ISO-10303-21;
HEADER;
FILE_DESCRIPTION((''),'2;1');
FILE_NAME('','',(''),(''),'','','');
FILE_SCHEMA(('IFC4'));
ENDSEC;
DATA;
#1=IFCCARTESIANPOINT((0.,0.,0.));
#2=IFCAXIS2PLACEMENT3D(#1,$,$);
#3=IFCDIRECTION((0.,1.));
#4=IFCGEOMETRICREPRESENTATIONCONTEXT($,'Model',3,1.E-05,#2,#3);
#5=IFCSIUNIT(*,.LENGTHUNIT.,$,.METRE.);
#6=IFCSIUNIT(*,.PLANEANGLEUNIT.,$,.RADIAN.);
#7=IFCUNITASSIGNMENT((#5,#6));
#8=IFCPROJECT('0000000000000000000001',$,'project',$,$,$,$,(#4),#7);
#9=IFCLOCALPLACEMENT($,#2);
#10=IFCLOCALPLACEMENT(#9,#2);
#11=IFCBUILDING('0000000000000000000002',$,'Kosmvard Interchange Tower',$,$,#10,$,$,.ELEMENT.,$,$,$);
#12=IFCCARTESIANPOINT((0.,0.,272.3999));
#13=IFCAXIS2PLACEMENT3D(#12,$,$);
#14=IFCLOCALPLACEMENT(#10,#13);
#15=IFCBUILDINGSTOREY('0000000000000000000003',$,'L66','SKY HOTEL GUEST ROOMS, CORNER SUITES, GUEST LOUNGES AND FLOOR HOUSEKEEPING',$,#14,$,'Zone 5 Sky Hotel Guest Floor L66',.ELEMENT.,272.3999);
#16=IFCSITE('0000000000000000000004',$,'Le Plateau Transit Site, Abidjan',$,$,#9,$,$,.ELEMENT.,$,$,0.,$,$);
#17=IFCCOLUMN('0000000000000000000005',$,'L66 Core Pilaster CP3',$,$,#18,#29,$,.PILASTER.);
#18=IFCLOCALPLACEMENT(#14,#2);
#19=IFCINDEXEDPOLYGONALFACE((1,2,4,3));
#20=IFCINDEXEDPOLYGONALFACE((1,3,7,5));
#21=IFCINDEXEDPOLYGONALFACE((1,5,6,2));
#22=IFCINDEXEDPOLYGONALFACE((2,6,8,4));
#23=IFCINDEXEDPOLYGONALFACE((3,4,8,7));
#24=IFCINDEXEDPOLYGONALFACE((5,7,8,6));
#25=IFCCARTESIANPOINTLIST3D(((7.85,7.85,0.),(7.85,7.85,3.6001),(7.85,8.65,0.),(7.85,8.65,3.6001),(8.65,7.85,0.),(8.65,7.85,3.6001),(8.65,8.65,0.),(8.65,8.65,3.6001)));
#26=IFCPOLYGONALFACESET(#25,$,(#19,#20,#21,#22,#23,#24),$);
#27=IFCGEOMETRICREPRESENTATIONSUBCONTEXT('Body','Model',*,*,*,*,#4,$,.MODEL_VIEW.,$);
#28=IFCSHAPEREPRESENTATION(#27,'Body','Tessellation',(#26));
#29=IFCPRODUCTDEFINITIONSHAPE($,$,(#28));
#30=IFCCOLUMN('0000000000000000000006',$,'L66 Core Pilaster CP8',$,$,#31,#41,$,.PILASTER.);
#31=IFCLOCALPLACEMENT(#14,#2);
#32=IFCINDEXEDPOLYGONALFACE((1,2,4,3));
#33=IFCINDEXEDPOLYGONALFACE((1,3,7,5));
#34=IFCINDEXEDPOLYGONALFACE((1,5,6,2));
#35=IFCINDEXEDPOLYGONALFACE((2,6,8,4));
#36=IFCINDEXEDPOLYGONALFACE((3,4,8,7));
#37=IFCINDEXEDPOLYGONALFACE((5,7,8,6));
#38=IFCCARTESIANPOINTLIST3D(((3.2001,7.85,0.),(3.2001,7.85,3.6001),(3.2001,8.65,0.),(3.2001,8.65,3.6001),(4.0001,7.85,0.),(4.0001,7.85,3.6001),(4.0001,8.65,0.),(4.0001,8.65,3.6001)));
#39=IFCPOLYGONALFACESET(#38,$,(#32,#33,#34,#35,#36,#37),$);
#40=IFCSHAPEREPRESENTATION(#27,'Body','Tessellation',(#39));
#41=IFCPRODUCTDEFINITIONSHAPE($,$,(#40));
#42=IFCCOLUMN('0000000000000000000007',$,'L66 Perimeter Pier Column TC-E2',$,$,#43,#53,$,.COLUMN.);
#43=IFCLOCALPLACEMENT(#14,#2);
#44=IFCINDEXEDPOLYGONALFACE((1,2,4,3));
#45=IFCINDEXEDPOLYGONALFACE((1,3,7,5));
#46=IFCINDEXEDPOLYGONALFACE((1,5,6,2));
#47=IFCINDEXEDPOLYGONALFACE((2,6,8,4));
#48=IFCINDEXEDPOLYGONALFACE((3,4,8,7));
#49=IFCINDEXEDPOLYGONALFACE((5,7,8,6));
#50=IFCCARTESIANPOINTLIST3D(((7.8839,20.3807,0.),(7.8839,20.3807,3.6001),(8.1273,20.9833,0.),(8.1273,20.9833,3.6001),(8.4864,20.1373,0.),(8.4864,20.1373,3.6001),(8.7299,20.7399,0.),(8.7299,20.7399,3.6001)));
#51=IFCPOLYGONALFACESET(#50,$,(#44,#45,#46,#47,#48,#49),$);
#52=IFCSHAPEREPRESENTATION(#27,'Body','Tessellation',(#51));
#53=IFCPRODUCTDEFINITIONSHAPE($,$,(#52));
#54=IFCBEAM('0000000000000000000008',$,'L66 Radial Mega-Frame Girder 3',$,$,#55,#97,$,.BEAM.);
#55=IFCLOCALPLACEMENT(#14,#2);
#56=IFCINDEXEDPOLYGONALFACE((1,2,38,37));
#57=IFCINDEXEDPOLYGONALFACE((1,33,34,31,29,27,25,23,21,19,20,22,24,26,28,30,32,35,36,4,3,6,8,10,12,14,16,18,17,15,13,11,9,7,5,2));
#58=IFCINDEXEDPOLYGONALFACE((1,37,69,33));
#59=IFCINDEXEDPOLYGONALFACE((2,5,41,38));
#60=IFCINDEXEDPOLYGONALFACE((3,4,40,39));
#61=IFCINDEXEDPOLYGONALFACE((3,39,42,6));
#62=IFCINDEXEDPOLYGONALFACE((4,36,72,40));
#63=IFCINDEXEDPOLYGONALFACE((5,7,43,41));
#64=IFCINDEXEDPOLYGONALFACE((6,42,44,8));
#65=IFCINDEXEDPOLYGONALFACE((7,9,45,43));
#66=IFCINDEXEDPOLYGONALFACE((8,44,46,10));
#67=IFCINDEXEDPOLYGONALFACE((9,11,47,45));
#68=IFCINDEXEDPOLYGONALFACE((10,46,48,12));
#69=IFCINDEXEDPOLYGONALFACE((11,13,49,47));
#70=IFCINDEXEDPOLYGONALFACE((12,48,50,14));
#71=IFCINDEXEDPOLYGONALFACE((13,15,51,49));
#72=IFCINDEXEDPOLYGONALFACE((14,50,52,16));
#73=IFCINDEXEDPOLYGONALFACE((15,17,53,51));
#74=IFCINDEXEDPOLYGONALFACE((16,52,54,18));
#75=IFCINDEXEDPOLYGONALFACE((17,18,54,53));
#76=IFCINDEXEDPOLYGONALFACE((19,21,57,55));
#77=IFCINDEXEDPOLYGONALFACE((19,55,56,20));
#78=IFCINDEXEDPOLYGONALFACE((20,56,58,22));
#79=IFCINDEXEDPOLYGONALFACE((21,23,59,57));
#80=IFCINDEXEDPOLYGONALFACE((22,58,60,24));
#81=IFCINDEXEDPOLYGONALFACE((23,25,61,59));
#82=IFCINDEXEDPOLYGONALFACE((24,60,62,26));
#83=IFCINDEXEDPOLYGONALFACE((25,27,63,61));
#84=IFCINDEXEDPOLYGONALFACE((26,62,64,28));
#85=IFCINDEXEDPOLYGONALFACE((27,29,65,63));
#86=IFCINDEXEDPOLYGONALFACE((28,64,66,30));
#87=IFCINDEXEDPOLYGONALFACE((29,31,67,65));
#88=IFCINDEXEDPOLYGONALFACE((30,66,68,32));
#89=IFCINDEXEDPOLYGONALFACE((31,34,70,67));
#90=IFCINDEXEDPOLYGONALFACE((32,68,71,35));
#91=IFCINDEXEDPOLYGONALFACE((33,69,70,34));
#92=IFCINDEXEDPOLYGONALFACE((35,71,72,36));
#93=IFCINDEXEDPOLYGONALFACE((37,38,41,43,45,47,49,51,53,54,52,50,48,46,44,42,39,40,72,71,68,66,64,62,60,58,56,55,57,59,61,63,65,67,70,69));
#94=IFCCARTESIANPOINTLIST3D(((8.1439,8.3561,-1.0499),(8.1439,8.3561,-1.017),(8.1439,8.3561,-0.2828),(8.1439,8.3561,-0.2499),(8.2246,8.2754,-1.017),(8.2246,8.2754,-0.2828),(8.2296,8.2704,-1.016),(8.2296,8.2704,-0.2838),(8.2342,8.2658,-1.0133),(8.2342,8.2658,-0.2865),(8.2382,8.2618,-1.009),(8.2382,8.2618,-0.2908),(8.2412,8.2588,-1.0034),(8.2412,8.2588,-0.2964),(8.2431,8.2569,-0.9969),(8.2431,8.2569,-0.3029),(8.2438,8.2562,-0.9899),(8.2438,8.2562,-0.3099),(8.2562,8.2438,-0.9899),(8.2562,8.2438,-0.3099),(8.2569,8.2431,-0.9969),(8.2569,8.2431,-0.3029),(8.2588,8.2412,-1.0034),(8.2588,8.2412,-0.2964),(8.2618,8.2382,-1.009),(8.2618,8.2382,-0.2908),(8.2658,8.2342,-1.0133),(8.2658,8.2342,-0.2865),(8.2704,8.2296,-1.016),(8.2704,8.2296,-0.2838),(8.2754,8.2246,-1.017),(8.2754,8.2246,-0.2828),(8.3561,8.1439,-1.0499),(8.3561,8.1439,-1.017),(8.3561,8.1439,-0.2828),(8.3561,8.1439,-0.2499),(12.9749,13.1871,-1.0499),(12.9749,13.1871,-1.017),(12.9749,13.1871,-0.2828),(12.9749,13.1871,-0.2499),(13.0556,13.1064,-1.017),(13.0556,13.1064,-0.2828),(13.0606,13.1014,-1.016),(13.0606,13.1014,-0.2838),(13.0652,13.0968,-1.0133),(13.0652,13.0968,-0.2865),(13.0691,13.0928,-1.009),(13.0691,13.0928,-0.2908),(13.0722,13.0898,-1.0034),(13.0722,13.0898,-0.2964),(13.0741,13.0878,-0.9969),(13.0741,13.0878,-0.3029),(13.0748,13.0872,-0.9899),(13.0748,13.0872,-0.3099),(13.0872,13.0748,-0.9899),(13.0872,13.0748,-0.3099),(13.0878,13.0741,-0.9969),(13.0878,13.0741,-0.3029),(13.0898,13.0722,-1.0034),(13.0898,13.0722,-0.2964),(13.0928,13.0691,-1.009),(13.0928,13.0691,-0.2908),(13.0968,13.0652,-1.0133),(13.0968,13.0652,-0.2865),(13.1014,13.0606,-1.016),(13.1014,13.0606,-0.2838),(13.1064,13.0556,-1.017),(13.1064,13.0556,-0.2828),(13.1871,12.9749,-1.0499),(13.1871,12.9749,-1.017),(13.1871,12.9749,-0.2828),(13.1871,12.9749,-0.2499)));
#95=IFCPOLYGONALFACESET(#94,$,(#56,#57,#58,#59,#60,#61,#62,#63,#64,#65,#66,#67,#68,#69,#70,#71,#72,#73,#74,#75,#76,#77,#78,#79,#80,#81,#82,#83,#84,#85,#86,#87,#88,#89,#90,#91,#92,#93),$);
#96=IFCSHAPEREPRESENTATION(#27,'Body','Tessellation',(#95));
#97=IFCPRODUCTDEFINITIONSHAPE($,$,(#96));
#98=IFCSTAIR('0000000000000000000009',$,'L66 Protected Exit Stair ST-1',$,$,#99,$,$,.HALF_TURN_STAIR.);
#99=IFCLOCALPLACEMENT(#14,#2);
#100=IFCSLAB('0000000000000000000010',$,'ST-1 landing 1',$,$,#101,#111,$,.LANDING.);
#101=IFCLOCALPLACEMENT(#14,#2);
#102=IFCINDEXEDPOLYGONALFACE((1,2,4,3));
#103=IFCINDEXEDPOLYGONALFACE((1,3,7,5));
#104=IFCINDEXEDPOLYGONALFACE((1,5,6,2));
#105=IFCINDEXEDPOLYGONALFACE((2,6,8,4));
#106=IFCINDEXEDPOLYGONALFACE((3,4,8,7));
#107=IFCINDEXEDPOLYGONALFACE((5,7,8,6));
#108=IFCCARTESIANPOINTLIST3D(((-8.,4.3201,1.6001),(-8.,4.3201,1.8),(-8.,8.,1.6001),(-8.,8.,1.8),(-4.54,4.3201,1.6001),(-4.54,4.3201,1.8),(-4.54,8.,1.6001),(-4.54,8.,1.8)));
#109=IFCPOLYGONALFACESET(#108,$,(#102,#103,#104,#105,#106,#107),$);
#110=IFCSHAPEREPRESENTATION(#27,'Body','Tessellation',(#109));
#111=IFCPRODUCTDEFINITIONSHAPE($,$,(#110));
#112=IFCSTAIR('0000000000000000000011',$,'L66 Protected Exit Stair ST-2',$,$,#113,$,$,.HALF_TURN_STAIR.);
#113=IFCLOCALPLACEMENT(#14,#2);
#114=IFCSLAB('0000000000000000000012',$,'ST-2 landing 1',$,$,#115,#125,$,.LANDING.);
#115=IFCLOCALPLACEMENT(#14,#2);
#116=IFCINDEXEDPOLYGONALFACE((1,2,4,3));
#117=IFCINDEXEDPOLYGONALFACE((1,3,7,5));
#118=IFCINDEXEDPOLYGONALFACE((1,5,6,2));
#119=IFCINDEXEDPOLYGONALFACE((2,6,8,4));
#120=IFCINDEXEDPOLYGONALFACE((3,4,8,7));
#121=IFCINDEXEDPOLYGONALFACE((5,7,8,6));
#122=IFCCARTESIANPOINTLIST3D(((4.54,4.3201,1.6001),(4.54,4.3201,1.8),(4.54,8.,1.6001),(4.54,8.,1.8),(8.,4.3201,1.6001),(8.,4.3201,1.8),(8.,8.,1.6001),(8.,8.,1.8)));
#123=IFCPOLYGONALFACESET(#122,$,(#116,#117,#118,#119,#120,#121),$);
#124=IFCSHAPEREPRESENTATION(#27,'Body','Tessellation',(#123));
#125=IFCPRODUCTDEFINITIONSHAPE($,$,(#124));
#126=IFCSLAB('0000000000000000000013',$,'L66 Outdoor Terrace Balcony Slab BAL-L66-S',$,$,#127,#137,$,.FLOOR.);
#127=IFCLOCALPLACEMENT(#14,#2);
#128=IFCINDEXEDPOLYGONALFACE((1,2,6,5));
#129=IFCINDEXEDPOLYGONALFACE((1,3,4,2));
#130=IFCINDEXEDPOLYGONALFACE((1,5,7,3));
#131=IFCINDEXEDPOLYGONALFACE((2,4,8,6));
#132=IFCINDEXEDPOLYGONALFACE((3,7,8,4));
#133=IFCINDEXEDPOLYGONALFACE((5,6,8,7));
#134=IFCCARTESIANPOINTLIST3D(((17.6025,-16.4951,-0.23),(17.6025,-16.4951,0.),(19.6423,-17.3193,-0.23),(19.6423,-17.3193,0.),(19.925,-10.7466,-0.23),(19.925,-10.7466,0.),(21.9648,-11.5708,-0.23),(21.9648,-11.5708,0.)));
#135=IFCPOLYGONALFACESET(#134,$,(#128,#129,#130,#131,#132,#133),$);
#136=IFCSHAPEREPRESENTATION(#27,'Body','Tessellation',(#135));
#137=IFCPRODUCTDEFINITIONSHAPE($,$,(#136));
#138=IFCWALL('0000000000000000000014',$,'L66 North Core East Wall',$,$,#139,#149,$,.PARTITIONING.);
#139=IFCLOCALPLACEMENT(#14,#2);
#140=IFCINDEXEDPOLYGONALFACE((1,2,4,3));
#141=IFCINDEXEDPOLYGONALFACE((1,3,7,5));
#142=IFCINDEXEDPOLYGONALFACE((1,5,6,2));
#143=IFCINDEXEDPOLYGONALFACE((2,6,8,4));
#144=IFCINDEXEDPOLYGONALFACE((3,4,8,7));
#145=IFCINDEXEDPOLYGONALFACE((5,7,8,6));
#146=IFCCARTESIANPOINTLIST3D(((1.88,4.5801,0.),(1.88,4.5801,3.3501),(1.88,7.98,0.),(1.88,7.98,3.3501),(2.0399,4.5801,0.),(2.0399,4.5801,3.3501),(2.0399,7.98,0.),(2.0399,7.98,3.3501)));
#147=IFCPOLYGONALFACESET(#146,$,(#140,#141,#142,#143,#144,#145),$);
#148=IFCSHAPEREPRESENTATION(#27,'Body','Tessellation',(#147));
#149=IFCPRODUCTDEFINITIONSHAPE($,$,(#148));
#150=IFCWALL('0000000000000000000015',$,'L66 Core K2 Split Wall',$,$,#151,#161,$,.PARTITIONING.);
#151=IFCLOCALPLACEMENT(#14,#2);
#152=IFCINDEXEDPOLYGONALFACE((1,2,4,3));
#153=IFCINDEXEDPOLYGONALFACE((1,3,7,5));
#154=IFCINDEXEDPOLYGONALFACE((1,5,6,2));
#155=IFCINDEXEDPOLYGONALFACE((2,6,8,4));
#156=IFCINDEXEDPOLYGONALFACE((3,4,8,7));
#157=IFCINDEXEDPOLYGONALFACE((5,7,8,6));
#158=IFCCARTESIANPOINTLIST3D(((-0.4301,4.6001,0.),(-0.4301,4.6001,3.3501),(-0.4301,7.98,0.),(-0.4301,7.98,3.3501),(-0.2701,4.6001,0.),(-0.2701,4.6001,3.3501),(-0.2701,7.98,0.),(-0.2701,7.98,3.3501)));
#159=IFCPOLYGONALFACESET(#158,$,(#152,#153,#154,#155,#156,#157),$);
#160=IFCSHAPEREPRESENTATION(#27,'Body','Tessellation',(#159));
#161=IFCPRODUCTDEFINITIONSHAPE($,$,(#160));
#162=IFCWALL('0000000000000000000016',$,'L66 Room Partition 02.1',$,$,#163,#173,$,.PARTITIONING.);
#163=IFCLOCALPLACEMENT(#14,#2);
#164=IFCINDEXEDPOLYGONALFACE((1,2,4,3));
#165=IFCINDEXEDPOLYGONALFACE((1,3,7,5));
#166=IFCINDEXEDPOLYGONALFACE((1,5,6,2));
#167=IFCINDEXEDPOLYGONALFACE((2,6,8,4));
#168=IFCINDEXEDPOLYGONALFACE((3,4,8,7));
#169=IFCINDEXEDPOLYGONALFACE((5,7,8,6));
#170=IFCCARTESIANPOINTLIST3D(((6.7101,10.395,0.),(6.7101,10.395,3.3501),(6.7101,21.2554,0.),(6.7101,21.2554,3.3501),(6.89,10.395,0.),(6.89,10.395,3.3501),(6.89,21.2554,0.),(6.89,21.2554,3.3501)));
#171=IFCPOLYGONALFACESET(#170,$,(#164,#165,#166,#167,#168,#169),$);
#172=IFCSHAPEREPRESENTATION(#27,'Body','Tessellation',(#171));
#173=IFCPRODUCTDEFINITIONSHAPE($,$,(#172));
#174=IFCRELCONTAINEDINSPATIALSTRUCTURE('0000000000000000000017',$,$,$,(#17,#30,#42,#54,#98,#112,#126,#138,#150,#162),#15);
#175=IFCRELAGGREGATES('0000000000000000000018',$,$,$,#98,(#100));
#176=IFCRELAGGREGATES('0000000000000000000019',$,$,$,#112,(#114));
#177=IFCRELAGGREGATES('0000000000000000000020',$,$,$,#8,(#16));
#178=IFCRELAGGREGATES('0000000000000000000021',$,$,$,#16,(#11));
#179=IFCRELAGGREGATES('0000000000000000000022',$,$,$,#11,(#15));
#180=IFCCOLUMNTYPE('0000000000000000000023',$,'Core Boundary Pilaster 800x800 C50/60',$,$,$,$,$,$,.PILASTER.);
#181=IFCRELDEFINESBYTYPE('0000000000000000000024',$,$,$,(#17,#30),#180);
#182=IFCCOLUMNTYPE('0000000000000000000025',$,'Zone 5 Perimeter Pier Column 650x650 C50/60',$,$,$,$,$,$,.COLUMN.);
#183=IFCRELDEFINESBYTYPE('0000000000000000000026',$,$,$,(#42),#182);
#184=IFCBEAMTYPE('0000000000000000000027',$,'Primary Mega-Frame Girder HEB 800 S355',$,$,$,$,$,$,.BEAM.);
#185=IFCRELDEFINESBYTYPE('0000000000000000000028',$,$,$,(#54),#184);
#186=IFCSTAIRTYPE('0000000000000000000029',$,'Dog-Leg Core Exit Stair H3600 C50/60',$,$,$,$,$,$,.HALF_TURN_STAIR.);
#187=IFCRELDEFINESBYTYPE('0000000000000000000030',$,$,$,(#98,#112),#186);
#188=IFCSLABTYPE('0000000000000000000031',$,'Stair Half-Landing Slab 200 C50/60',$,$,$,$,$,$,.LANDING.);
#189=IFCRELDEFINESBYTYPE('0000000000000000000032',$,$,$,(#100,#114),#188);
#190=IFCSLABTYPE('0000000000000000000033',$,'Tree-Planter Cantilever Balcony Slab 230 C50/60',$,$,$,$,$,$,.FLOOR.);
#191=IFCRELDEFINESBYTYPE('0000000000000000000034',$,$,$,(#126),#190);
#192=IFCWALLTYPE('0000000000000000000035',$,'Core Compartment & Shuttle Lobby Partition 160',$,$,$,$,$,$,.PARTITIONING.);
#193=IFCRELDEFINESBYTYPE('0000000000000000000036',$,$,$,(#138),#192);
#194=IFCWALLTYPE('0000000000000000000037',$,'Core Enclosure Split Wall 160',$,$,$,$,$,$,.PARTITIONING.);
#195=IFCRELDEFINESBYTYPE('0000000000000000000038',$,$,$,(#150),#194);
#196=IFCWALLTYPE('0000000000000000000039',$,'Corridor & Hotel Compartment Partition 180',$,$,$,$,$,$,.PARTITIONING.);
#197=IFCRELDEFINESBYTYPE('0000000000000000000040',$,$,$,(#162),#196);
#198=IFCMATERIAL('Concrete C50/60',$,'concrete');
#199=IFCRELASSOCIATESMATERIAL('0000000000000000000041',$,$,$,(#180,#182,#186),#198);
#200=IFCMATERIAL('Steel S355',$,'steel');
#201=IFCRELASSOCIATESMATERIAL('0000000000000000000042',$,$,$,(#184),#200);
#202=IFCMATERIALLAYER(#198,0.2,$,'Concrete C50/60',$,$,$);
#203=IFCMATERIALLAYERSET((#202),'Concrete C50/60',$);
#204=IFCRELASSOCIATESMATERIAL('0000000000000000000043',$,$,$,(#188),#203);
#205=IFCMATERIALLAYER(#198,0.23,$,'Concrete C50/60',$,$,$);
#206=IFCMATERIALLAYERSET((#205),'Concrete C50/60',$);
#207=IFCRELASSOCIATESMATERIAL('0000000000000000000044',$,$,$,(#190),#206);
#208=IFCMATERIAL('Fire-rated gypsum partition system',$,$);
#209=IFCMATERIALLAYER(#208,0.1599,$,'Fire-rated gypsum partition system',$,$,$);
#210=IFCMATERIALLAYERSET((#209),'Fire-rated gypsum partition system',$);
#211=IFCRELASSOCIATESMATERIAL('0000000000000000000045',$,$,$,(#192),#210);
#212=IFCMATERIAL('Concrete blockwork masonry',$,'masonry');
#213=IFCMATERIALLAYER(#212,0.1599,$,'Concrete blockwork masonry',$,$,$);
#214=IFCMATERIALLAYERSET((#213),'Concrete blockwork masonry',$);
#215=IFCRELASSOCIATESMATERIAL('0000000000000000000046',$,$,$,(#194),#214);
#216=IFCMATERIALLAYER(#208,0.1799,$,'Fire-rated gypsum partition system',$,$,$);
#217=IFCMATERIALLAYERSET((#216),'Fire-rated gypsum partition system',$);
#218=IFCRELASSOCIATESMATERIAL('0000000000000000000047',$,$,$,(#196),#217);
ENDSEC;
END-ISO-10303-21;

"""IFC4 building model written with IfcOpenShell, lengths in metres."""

from ifc_helpers import new_model, si_unit, direction, frame, frame_2d, origin, origin_2d, place, context, subcontext, project, spatial, polyline, rectangle, i_section, outline, extrude, source, transform, mapped, material, layer, layer_set, material_profile, profile_set, type_object, element, aggregate, save


model = new_model("IFC4")

# Units and contexts
model_context = context("Model", 3, precision=1e-05, world=origin(), true_north=direction((0.0, 1.0)))
body_context = subcontext(model_context, "Body", "Model", "MODEL_VIEW")
ifc_project = project(units=[si_unit("LENGTHUNIT", "METRE"), si_unit("PLANEANGLEUNIT", "RADIAN")], contexts=[model_context])

# Site, building, storey
site_placement = place(None, origin())
site = spatial("IfcSite", under=ifc_project, at=site_placement, Name="Le Plateau Transit Site, Abidjan", CompositionType="ELEMENT", RefElevation=0.0)
building_placement = place(site_placement, origin())
building = spatial("IfcBuilding", under=site, at=building_placement, Name="Kosmvard Interchange Tower", CompositionType="ELEMENT")
storey_placement = place(building_placement, frame((0.0, 0.0, 272.3999)))
storey = spatial("IfcBuildingStorey", under=building, at=storey_placement, Name="L66", Description="SKY HOTEL GUEST ROOMS, CORNER SUITES, GUEST LOUNGES AND FLOOR HOUSEKEEPING", LongName="Zone 5 Sky Hotel Guest Floor L66", CompositionType="ELEMENT", Elevation=272.3999)

# Columns
ifc_material_1 = material(Name="Concrete C50/60", Category="concrete")
ifc_material_profile_1 = material_profile(ifc_material_1, rectangle(XDim=0.8, YDim=0.8, at=origin_2d()), Name="CP 800x800")
ifc_profile_set_1 = profile_set([ifc_material_profile_1], Name="Concrete C50/60")
column_type_1 = type_object("IfcColumnType", Name="Core Boundary Pilaster 800x800 C50/60", PredefinedType="PILASTER", material=ifc_profile_set_1)
shared_shape_1 = source(origin(), body_context, "Body", "SweptSolid", [
    extrude(rectangle(XDim=0.8, YDim=0.8, at=origin_2d()), origin(), (0.0, 0.0, 1.0), 3.6001),
])
for number, where, z_axis, x_axis, name in (
    (1, (8.25, 8.25, 0.0), (0.0, 0.0, 1.0), (1.0, 0.0, 0.0), "L66 Core Pilaster CP3"),
    (2, (3.6001, 8.25, 0.0), (0.0, 0.0, 1.0), (1.0, 0.0, 0.0), "L66 Core Pilaster CP8"),
):
    element("IfcColumn", number, at=place(storey_placement, frame(where, z_axis=z_axis, x_axis=x_axis)), inside=storey, type_object=column_type_1, Name=name, PredefinedType="PILASTER", context=body_context, shape_type="MappedRepresentation", body=[
        mapped(shared_shape_1, transform((0.0, 0.0, 0.0), scale=1.0)),
    ])
ifc_material_profile_2 = material_profile(ifc_material_1, rectangle(XDim=0.6499, YDim=0.6499, at=origin_2d()), Name="TC 650x650")
ifc_profile_set_2 = profile_set([ifc_material_profile_2], Name="Concrete C50/60")
column_type_2 = type_object("IfcColumnType", Name="Zone 5 Perimeter Pier Column 650x650 C50/60", PredefinedType="COLUMN", material=ifc_profile_set_2)
shared_shape_2 = source(origin(), body_context, "Body", "SweptSolid", [
    extrude(rectangle(XDim=0.6499, YDim=0.6499, at=origin_2d()), origin(), (0.0, 0.0, 1.0), 3.6001),
])
column_placement = place(storey_placement, frame((8.3069, 20.5603, 0.0), z_axis=(0.0, 0.0, 1.0), x_axis=(0.374607, 0.927184, 0.0)))
element("IfcColumn", 3, at=column_placement, inside=storey, type_object=column_type_2, Name="L66 Perimeter Pier Column TC-E2", PredefinedType="COLUMN", context=body_context, shape_type="MappedRepresentation", body=[
    mapped(shared_shape_2, transform((0.0, 0.0, 0.0), scale=1.0)),
])

# Beam
ifc_material_2 = material(Name="Steel S355", Category="steel")
ifc_material_profile_3 = material_profile(ifc_material_2, i_section(OverallWidth=0.3, OverallDepth=0.8, WebThickness=0.0176, FlangeThickness=0.033, FilletRadius=0.0271, at=origin_2d()), Name="HEB 800")
ifc_profile_set_3 = profile_set([ifc_material_profile_3], Name="Steel S355")
beam_type = type_object("IfcBeamType", Name="Primary Mega-Frame Girder HEB 800 S355", PredefinedType="BEAM", material=ifc_profile_set_3)
shared_shape_3 = source(origin(), body_context, "Body", "SweptSolid", [
    extrude(i_section(OverallWidth=0.3, OverallDepth=0.8, WebThickness=0.0176, FlangeThickness=0.033, FilletRadius=0.0271, at=origin_2d()), origin(), (0.0, 0.0, 1.0), 6.832),
])
beam_placement = place(storey_placement, frame((8.25, 8.25, -0.6499), z_axis=(0.707107, 0.707107, 0.0), x_axis=(-0.707107, 0.707107, 0.0)))
element("IfcBeam", 4, at=beam_placement, inside=storey, type_object=beam_type, Name="L66 Radial Mega-Frame Girder 3", PredefinedType="BEAM", context=body_context, shape_type="MappedRepresentation", body=[
    mapped(shared_shape_3, transform((0.0, 0.0, 0.0), scale=1.0)),
])

# Stairs, slabs
stair_type = type_object("IfcStairType", Name="Dog-Leg Core Exit Stair H3600 C50/60", PredefinedType="HALF_TURN_STAIR", material=ifc_material_1)
stair_1_placement = place(storey_placement, origin())
stair_1 = element("IfcStair", 5, at=stair_1_placement, inside=storey, type_object=stair_type, Name="L66 Protected Exit Stair ST-1", PredefinedType="HALF_TURN_STAIR")
ifc_layer_1 = layer(ifc_material_1, 0.2, Name="Concrete C50/60")
ifc_layer_set_1 = layer_set([ifc_layer_1], Name="Concrete C50/60")
slab_type_1 = type_object("IfcSlabType", Name="Stair Half-Landing Slab 200 C50/60", PredefinedType="LANDING", material=ifc_layer_set_1)
slab_1_placement = place(storey_placement, frame((0.0, 0.0, 1.6001)))
slab_1 = element("IfcSlab", 6, at=slab_1_placement, type_object=slab_type_1, Name="ST-1 landing 1", PredefinedType="LANDING", context=body_context, shape_type="SweptSolid", body=[
    extrude(outline(polyline([(-4.54, 4.3201), (-4.54, 8.0), (-8.0, 8.0), (-8.0, 4.3201), (-4.54, 4.3201)])), origin(), (0.0, 0.0, 1.0), 0.2),
])
aggregate(stair_1, [slab_1])
stair_2_placement = place(storey_placement, origin())
stair_2 = element("IfcStair", 7, at=stair_2_placement, inside=storey, type_object=stair_type, Name="L66 Protected Exit Stair ST-2", PredefinedType="HALF_TURN_STAIR")
slab_2_placement = place(storey_placement, frame((0.0, 0.0, 1.6001)))
slab_2 = element("IfcSlab", 8, at=slab_2_placement, type_object=slab_type_1, Name="ST-2 landing 1", PredefinedType="LANDING", context=body_context, shape_type="SweptSolid", body=[
    extrude(outline(polyline([(8.0, 4.3201), (8.0, 8.0), (4.54, 8.0), (4.54, 4.3201), (8.0, 4.3201)])), origin(), (0.0, 0.0, 1.0), 0.2),
])

# Slab
ifc_layer_2 = layer(ifc_material_1, 0.23, Name="Concrete C50/60")
ifc_layer_set_2 = layer_set([ifc_layer_2], Name="Concrete C50/60")
slab_type_2 = type_object("IfcSlabType", Name="Tree-Planter Cantilever Balcony Slab 230 C50/60", PredefinedType="FLOOR", material=ifc_layer_set_2)
slab_3_placement = place(storey_placement, frame((0.0, 0.0, -0.23)))
element("IfcSlab", 9, at=slab_3_placement, inside=storey, type_object=slab_type_2, Name="L66 Outdoor Terrace Balcony Slab BAL-L66-S", PredefinedType="FLOOR", context=body_context, shape_type="SweptSolid", body=[
    extrude(outline(polyline([(19.6423, -17.3193), (21.9648, -11.5708), (19.925, -10.7466), (17.6025, -16.4951), (19.6423, -17.3193)])), origin(), (0.0, 0.0, 1.0), 0.23),
])

# Walls
ifc_material_3 = material(Name="Fire-rated gypsum partition system")
ifc_layer_3 = layer(ifc_material_3, 0.1599, Name="Fire-rated gypsum partition system")
ifc_layer_set_3 = layer_set([ifc_layer_3], Name="Fire-rated gypsum partition system")
wall_type_1 = type_object("IfcWallType", Name="Core Compartment & Shuttle Lobby Partition 160", PredefinedType="PARTITIONING", material=ifc_layer_set_3)
wall_1_placement = place(storey_placement, frame((1.96, 4.5801, 0.0), z_axis=(0.0, 0.0, 1.0), x_axis=(0.0, 1.0, 0.0)))
element("IfcWall", 10, at=wall_1_placement, inside=storey, type_object=wall_type_1, Name="L66 North Core East Wall", PredefinedType="PARTITIONING", context=body_context, shape_type="SweptSolid", body=[
    extrude(rectangle(XDim=3.3999, YDim=0.1599, at=frame_2d((1.7, 0.0))), origin(), (0.0, 0.0, 1.0), 3.3501),
])
ifc_material_4 = material(Name="Concrete blockwork masonry", Category="masonry")
ifc_layer_4 = layer(ifc_material_4, 0.1599, Name="Concrete blockwork masonry")
ifc_layer_set_4 = layer_set([ifc_layer_4], Name="Concrete blockwork masonry")
wall_type_2 = type_object("IfcWallType", Name="Core Enclosure Split Wall 160", PredefinedType="PARTITIONING", material=ifc_layer_set_4)
wall_2_placement = place(storey_placement, frame((-0.3501, 4.6001, 0.0), z_axis=(0.0, 0.0, 1.0), x_axis=(0.0, 1.0, 0.0)))
element("IfcWall", 11, at=wall_2_placement, inside=storey, type_object=wall_type_2, Name="L66 Core K2 Split Wall", PredefinedType="PARTITIONING", context=body_context, shape_type="SweptSolid", body=[
    extrude(rectangle(XDim=3.3799, YDim=0.1599, at=frame_2d((1.6899, 0.0))), origin(), (0.0, 0.0, 1.0), 3.3501),
])
ifc_layer_5 = layer(ifc_material_3, 0.1799, Name="Fire-rated gypsum partition system")
ifc_layer_set_5 = layer_set([ifc_layer_5], Name="Fire-rated gypsum partition system")
wall_type_3 = type_object("IfcWallType", Name="Corridor & Hotel Compartment Partition 180", PredefinedType="PARTITIONING", material=ifc_layer_set_5)
wall_3_placement = place(storey_placement, frame((6.8, 10.395, 0.0), z_axis=(0.0, 0.0, 1.0), x_axis=(0.0, 1.0, 0.0)))
element("IfcWall", 12, at=wall_3_placement, inside=storey, type_object=wall_type_3, Name="L66 Room Partition 02.1", PredefinedType="PARTITIONING", context=body_context, shape_type="SweptSolid", body=[
    extrude(rectangle(XDim=10.8604, YDim=0.1799, at=frame_2d((5.4302, 0.0))), origin(), (0.0, 0.0, 1.0), 3.3501),
])

aggregate(stair_2, [slab_2])

save(model, "model.ifc")
